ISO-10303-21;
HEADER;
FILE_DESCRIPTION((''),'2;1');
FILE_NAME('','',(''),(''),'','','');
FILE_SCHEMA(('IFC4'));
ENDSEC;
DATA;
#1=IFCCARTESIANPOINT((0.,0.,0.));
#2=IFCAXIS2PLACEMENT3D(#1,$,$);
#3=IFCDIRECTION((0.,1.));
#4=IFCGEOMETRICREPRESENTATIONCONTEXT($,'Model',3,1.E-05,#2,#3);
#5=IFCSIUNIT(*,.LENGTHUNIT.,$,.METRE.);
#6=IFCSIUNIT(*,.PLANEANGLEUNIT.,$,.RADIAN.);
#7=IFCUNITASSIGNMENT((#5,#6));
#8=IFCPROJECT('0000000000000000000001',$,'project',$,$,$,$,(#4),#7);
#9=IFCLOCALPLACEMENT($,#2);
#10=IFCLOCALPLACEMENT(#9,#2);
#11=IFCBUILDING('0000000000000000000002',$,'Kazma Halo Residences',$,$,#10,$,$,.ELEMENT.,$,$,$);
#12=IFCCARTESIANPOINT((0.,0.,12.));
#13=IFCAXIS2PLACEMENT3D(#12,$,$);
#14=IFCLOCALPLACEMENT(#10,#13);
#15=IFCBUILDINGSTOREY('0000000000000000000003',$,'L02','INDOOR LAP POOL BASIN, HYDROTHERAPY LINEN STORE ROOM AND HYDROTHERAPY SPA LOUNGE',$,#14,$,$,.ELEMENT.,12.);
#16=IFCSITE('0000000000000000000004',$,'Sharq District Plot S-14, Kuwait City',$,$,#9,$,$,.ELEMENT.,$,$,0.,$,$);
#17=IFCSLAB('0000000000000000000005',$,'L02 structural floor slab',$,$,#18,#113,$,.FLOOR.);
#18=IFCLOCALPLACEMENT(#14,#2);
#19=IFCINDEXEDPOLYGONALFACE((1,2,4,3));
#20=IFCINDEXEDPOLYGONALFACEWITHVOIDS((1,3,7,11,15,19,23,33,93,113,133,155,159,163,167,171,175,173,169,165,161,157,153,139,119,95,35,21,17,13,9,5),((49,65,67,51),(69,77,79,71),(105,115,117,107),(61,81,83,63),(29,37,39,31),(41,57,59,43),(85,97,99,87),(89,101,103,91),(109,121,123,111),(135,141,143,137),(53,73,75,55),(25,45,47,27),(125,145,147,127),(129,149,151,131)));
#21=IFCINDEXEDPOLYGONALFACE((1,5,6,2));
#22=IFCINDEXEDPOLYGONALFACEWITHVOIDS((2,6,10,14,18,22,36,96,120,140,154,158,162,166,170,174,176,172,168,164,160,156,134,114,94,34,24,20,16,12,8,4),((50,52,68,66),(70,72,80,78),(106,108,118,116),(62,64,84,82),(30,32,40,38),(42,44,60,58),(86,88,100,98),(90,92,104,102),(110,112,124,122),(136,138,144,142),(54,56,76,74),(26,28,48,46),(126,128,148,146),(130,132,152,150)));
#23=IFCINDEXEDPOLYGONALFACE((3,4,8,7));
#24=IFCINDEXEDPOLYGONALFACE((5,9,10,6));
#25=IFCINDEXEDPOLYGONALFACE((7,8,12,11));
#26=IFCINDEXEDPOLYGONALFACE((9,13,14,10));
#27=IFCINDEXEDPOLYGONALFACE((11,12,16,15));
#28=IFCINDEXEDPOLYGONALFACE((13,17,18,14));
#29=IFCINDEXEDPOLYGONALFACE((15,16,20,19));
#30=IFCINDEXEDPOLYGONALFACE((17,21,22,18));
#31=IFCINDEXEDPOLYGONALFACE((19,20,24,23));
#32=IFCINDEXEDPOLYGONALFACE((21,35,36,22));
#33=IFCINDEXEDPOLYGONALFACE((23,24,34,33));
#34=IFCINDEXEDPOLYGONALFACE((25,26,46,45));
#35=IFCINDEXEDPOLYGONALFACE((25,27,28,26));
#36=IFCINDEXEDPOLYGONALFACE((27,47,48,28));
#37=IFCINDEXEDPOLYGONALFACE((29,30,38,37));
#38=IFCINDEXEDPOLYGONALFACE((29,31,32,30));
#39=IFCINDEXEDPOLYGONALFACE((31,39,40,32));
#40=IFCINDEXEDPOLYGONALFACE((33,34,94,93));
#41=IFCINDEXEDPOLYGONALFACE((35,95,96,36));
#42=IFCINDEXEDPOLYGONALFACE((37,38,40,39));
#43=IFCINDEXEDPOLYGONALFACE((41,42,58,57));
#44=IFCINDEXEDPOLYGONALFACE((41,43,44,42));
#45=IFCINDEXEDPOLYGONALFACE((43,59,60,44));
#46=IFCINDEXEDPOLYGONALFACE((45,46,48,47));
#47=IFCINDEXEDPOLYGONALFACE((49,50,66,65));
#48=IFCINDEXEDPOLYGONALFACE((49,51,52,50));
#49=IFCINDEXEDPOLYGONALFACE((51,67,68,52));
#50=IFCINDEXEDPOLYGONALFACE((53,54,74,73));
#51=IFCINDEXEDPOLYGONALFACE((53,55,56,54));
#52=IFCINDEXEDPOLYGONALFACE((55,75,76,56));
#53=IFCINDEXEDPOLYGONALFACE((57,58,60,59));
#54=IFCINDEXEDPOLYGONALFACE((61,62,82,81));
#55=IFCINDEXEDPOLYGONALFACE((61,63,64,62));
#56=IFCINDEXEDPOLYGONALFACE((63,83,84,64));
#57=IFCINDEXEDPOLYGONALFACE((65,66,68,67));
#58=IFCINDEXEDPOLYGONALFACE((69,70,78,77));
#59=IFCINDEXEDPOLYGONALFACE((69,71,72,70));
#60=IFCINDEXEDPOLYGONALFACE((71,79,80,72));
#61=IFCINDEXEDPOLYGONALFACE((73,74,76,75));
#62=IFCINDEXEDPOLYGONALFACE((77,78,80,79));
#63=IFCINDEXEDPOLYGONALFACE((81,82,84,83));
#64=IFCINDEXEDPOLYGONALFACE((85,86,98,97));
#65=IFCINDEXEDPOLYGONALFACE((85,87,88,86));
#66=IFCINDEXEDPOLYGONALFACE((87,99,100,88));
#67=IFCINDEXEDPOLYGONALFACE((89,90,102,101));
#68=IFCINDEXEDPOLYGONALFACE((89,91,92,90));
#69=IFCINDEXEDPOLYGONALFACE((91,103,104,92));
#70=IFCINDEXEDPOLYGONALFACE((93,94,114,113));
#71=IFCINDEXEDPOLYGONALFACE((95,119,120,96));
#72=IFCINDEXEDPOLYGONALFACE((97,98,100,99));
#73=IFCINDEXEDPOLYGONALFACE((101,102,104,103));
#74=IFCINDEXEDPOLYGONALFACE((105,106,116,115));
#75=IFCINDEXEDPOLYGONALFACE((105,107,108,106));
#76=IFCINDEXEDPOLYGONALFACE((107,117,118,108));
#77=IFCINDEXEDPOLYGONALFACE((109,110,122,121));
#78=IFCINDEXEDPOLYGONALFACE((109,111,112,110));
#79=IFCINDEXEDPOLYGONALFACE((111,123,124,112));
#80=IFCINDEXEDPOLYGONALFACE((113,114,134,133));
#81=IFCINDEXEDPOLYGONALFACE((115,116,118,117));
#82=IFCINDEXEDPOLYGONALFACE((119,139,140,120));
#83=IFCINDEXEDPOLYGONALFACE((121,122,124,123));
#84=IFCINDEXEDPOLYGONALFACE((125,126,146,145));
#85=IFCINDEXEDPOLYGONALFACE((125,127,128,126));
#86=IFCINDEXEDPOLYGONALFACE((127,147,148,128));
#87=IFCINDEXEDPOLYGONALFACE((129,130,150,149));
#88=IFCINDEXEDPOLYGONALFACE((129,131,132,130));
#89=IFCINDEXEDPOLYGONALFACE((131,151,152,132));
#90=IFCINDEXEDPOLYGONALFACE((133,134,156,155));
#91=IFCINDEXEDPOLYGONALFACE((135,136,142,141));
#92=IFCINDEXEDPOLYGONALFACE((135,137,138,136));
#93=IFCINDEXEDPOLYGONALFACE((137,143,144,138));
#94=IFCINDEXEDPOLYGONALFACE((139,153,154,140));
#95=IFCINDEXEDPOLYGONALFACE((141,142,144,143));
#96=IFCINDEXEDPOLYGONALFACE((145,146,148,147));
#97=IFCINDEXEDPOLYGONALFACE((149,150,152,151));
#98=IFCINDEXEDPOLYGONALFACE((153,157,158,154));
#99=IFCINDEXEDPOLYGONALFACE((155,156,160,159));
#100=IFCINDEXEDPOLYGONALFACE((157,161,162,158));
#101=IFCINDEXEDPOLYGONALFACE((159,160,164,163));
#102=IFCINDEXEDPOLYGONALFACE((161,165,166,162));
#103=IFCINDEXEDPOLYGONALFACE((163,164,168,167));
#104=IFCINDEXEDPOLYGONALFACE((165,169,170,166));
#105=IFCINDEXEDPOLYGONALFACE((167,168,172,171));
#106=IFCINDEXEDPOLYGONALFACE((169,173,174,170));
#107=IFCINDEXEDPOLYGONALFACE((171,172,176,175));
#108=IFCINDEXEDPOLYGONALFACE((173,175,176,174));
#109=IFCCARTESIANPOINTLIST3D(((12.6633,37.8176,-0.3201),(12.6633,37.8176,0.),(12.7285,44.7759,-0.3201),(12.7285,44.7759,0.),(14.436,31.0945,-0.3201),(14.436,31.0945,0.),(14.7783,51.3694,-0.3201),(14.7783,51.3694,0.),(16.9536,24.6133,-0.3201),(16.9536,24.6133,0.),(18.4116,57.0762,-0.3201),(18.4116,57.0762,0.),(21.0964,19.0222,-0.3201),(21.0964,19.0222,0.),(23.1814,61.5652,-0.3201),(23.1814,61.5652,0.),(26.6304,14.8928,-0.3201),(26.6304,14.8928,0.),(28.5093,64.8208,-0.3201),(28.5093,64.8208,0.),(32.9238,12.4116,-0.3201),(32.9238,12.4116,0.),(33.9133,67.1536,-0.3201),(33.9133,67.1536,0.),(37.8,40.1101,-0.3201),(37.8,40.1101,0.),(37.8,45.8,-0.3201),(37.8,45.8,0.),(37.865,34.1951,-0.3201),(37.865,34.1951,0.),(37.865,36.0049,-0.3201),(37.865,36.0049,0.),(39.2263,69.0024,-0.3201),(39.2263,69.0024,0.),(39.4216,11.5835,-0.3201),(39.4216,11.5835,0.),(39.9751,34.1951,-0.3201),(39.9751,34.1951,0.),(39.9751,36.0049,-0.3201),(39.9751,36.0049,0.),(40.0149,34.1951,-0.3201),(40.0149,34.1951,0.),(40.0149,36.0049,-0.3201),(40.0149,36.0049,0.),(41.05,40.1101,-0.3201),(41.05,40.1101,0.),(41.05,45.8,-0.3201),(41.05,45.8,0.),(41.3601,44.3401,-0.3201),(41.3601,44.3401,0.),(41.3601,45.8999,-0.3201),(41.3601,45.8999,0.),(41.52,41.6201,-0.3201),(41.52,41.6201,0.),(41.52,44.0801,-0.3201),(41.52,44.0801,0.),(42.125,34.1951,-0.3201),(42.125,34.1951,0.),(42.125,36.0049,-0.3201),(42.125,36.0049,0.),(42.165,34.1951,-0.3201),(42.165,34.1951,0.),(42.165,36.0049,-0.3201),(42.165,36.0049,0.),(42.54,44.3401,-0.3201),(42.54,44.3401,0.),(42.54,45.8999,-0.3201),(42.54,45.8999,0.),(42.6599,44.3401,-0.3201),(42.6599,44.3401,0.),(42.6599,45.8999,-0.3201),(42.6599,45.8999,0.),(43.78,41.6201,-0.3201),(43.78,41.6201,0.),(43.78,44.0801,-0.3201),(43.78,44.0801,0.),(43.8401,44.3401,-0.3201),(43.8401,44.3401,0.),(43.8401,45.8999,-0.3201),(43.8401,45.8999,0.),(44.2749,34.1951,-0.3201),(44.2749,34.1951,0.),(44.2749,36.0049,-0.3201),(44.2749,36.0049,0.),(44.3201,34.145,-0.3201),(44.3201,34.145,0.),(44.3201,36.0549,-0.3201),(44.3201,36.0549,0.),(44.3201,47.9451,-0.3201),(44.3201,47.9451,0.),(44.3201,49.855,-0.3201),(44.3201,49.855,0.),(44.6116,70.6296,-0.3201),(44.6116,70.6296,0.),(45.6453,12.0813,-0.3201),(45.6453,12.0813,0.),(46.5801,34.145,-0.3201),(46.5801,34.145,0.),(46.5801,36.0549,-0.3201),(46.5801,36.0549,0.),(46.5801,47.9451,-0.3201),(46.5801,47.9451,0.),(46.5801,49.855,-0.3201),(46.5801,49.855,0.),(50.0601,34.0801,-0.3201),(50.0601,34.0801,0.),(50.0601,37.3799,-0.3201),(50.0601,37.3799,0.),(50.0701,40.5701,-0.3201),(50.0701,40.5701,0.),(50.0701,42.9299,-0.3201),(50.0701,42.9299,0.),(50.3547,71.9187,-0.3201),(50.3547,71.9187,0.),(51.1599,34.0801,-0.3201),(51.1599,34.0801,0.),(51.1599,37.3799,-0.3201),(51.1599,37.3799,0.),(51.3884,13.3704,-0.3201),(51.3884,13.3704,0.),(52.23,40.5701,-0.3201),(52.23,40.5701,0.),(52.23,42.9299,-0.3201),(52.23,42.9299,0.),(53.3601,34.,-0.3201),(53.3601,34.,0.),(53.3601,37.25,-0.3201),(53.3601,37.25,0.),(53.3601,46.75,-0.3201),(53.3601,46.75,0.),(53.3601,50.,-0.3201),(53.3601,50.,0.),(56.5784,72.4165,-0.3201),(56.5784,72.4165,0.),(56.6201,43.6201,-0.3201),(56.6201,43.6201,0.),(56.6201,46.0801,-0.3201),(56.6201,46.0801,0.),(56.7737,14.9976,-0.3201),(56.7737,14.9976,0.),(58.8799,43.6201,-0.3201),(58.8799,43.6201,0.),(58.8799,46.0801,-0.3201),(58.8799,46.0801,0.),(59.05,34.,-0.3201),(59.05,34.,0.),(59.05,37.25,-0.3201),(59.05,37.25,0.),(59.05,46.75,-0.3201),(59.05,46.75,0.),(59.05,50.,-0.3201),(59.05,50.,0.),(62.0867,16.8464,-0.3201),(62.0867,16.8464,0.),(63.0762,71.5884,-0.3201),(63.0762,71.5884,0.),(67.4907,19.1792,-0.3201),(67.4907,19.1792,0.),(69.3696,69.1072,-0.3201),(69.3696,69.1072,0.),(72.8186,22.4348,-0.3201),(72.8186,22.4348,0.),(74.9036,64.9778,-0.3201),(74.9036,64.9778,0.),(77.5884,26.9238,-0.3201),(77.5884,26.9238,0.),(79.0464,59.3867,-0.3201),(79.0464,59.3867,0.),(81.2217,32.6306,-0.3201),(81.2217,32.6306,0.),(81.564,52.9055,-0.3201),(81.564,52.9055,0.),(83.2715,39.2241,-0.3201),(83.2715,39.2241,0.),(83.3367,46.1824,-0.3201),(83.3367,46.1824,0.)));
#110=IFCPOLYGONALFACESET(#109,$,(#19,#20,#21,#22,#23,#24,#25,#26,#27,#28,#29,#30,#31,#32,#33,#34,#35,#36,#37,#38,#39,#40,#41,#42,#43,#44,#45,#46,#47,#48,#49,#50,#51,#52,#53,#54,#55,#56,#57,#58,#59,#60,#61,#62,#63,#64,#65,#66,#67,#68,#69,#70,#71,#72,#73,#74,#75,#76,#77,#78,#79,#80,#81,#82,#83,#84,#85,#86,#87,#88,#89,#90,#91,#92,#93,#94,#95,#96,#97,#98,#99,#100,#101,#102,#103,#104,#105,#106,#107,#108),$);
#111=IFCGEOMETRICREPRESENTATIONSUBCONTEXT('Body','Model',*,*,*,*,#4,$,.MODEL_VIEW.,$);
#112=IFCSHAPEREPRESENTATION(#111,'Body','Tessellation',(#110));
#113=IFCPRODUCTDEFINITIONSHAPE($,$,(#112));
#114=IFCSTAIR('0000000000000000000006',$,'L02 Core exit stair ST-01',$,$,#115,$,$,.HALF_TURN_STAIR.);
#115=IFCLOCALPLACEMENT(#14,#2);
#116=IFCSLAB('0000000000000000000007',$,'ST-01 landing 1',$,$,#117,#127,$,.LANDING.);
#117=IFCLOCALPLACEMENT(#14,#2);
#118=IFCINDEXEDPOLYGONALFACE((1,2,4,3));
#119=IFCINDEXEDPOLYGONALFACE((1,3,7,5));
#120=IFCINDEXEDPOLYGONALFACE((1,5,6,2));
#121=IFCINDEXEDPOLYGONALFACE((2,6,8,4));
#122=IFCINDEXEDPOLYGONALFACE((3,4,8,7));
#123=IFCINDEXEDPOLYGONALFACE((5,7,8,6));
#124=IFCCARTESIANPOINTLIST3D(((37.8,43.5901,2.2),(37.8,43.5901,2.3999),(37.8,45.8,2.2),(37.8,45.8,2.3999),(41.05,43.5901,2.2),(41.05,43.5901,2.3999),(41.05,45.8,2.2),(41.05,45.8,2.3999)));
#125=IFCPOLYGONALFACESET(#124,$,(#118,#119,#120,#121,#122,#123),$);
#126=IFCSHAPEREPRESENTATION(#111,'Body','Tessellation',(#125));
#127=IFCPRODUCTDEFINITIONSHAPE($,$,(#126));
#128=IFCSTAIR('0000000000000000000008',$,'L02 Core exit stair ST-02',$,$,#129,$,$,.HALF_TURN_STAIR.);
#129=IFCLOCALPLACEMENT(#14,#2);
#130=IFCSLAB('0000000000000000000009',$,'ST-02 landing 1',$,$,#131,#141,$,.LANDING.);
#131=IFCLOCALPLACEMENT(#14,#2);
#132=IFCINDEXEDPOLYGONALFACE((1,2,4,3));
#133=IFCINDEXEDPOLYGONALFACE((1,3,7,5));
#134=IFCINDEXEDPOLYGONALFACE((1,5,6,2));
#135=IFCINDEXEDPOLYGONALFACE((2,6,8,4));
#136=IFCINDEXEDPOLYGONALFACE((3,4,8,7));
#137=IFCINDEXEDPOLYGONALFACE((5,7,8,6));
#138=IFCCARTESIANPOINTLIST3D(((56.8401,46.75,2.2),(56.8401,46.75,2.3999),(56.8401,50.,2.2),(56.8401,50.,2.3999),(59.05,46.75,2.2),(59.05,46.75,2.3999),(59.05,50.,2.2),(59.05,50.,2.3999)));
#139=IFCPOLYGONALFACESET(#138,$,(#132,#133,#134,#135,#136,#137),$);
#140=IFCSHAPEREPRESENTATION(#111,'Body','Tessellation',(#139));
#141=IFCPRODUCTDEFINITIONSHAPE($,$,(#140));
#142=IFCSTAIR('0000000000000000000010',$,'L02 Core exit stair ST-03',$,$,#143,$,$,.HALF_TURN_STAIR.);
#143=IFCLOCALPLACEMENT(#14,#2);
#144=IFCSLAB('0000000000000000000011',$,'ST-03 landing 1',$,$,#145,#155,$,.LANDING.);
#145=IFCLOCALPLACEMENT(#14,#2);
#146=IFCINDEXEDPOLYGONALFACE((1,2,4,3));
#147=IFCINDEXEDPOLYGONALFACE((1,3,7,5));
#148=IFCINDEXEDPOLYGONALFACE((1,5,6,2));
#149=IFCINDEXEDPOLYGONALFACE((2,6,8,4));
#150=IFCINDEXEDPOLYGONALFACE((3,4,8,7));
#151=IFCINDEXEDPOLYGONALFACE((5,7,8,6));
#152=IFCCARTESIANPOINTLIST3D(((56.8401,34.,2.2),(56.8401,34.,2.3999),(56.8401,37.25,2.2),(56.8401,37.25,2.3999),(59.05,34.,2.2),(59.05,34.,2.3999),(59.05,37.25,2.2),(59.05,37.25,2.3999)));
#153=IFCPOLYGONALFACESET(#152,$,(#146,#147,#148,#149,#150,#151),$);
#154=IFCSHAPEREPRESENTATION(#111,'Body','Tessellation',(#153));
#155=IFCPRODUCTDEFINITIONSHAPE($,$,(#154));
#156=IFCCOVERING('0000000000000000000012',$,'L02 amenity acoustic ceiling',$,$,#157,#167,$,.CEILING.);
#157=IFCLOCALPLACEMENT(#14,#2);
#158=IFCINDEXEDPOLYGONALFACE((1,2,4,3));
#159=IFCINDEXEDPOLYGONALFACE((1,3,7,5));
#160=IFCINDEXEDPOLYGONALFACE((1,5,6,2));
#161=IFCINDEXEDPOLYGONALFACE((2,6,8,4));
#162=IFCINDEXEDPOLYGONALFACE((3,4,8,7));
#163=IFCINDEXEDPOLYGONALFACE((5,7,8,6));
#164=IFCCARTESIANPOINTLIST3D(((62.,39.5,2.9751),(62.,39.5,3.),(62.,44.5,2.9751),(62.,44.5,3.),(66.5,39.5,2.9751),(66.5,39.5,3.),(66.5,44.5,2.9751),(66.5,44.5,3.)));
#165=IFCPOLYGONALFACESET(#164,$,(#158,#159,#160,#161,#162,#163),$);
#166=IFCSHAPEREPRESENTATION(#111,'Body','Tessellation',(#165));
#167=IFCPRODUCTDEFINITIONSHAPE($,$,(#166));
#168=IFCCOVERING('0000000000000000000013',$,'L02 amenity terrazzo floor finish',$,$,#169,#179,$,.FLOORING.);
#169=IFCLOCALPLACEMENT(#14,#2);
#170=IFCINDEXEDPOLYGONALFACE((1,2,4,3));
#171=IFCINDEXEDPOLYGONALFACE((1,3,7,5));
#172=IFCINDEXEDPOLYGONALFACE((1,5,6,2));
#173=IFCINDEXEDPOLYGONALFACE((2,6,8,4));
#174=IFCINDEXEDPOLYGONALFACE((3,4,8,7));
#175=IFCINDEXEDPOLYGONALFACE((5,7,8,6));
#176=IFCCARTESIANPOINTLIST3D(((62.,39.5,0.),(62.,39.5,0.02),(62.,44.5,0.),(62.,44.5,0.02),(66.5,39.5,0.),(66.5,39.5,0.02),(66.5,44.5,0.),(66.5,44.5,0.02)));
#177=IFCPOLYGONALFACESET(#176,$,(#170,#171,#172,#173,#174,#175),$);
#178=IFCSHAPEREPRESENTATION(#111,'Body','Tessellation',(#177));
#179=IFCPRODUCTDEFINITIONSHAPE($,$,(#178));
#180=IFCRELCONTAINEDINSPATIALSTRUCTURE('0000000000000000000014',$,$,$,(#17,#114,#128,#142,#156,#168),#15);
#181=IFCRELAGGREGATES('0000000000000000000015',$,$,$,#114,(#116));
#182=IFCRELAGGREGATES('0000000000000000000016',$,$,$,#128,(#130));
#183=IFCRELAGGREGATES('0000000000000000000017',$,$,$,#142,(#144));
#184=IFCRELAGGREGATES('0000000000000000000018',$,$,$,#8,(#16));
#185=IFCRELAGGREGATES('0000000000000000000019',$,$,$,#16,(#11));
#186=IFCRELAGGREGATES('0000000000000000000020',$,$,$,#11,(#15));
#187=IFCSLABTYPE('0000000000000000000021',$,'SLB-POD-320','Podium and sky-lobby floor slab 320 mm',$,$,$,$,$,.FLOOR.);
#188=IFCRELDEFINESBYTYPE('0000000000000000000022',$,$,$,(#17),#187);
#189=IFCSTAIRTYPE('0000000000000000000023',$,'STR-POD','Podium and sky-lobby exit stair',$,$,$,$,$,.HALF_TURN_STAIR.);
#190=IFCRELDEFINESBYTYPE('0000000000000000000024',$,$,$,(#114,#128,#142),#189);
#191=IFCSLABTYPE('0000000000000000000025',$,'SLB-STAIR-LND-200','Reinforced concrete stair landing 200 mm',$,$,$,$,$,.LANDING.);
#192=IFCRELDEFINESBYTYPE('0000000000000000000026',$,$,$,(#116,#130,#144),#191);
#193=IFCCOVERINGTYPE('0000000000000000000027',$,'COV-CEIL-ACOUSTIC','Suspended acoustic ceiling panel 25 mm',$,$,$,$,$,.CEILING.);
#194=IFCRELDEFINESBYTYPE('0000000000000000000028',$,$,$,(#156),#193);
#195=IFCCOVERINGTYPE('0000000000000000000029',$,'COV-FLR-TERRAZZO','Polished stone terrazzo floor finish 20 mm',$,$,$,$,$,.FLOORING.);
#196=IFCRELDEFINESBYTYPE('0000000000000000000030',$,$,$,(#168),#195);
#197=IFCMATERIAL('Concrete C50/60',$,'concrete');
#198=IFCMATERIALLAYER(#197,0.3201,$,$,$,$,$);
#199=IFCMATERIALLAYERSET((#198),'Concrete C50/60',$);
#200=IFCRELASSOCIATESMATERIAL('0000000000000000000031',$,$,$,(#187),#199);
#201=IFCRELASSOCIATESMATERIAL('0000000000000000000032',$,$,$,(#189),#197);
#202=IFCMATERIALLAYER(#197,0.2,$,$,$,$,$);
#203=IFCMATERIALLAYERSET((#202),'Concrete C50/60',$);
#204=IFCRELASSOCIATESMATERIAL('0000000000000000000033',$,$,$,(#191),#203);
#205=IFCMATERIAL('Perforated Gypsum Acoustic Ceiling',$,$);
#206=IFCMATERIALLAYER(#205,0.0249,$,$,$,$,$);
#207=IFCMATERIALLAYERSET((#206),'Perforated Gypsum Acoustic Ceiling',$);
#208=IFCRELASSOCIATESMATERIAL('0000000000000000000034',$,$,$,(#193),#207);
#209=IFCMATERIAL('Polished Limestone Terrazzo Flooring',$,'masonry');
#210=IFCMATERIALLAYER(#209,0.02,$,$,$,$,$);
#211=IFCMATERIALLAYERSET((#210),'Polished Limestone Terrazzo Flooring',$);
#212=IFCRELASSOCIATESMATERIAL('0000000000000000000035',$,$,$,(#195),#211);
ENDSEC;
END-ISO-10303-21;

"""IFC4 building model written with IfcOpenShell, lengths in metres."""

from ifc_helpers import new_model, si_unit, direction, frame, origin, place, context, subcontext, project, spatial, polyline, outline, extrude, material, layer, layer_set, type_object, element, aggregate, save


model = new_model("IFC4")

# Units and contexts
model_context = context("Model", 3, precision=1e-05, world=origin(), true_north=direction((0.0, 1.0)))
body_context = subcontext(model_context, "Body", "Model", "MODEL_VIEW")
ifc_project = project(units=[si_unit("LENGTHUNIT", "METRE"), si_unit("PLANEANGLEUNIT", "RADIAN")], contexts=[model_context])

# Site, building, storey
site_placement = place(None, origin())
site = spatial("IfcSite", under=ifc_project, at=site_placement, Name="Sharq District Plot S-14, Kuwait City", CompositionType="ELEMENT", RefElevation=0.0)
building_placement = place(site_placement, origin())
building = spatial("IfcBuilding", under=site, at=building_placement, Name="Kazma Halo Residences", CompositionType="ELEMENT")
storey_placement = place(building_placement, frame((0.0, 0.0, 12.0)))
storey = spatial("IfcBuildingStorey", under=building, at=storey_placement, Name="L02", Description="INDOOR LAP POOL BASIN, HYDROTHERAPY LINEN STORE ROOM AND HYDROTHERAPY SPA LOUNGE", CompositionType="ELEMENT", Elevation=12.0)

# Slab
ifc_material_1 = material(Name="Concrete C50/60", Category="concrete")
ifc_layer_1 = layer(ifc_material_1, 0.3201)
ifc_layer_set_1 = layer_set([ifc_layer_1], Name="Concrete C50/60")
slab_type_1 = type_object("IfcSlabType", Name="SLB-POD-320", Description="Podium and sky-lobby floor slab 320 mm", PredefinedType="FLOOR", material=ifc_layer_set_1)
slab_1_placement = place(storey_placement, frame((0.0, 0.0, -0.3201)))
element("IfcSlab", 1, at=slab_1_placement, inside=storey, type_object=slab_type_1, Name="L02 structural floor slab", PredefinedType="FLOOR", context=body_context, shape_type="SweptSolid", body=[
    extrude(outline(polyline([(81.564, 52.9055), (79.0464, 59.3867), (74.9036, 64.9778), (69.3696, 69.1072), (63.0762, 71.5884), (56.5784, 72.4165), (50.3547, 71.9187), (44.6116, 70.6296), (39.2263, 69.0024), (33.9133, 67.1536), (28.5093, 64.8208), (23.1814, 61.5652), (18.4116, 57.0762), (14.7783, 51.3694), (12.7285, 44.7759), (12.6633, 37.8176), (14.436, 31.0945), (16.9536, 24.6133), (21.0964, 19.0222), (26.6304, 14.8928), (32.9238, 12.4116), (39.4216, 11.5835), (45.6453, 12.0813), (51.3884, 13.3704), (56.7737, 14.9976), (62.0867, 16.8464), (67.4907, 19.1792), (72.8186, 22.4348), (77.5884, 26.9238), (81.2217, 32.6306), (83.2715, 39.2241), (83.3367, 46.1824), (81.564, 52.9055)]), holes=[polyline([(37.8, 40.1101), (41.05, 40.1101), (41.05, 45.8), (37.8, 45.8), (37.8, 40.1101)]), polyline([(53.3601, 46.75), (59.05, 46.75), (59.05, 50.0), (53.3601, 50.0), (53.3601, 46.75)]), polyline([(53.3601, 34.0), (59.05, 34.0), (59.05, 37.25), (53.3601, 37.25), (53.3601, 34.0)]), polyline([(41.52, 41.6201), (43.78, 41.6201), (43.78, 44.0801), (41.52, 44.0801), (41.52, 41.6201)]), polyline([(56.6201, 43.6201), (58.8799, 43.6201), (58.8799, 46.0801), (56.6201, 46.0801), (56.6201, 43.6201)]), polyline([(37.865, 34.1951), (39.9751, 34.1951), (39.9751, 36.0049), (37.865, 36.0049), (37.865, 34.1951)]), polyline([(40.0149, 34.1951), (42.125, 34.1951), (42.125, 36.0049), (40.0149, 36.0049), (40.0149, 34.1951)]), polyline([(42.165, 34.1951), (44.2749, 34.1951), (44.2749, 36.0049), (42.165, 36.0049), (42.165, 34.1951)]), polyline([(44.3201, 47.9451), (46.5801, 47.9451), (46.5801, 49.855), (44.3201, 49.855), (44.3201, 47.9451)]), polyline([(44.3201, 34.145), (46.5801, 34.145), (46.5801, 36.0549), (44.3201, 36.0549), (44.3201, 34.145)]), polyline([(50.0701, 40.5701), (52.23, 40.5701), (52.23, 42.9299), (50.0701, 42.9299), (50.0701, 40.5701)]), polyline([(41.3601, 44.3401), (42.54, 44.3401), (42.54, 45.8999), (41.3601, 45.8999), (41.3601, 44.3401)]), polyline([(42.6599, 44.3401), (43.8401, 44.3401), (43.8401, 45.8999), (42.6599, 45.8999), (42.6599, 44.3401)]), polyline([(50.0601, 34.0801), (51.1599, 34.0801), (51.1599, 37.3799), (50.0601, 37.3799), (50.0601, 34.0801)])]), origin(), (0.0, 0.0, 1.0), 0.3201),
])

# Stairs, slabs
stair_type = type_object("IfcStairType", Name="STR-POD", Description="Podium and sky-lobby exit stair", PredefinedType="HALF_TURN_STAIR", material=ifc_material_1)
stair_1_placement = place(storey_placement, origin())
stair_1 = element("IfcStair", 2, at=stair_1_placement, inside=storey, type_object=stair_type, Name="L02 Core exit stair ST-01", PredefinedType="HALF_TURN_STAIR")
ifc_layer_2 = layer(ifc_material_1, 0.2)
ifc_layer_set_2 = layer_set([ifc_layer_2], Name="Concrete C50/60")
slab_type_2 = type_object("IfcSlabType", Name="SLB-STAIR-LND-200", Description="Reinforced concrete stair landing 200 mm", PredefinedType="LANDING", material=ifc_layer_set_2)
slab_2_placement = place(storey_placement, frame((0.0, 0.0, 2.2)))
slab_2 = element("IfcSlab", 3, at=slab_2_placement, type_object=slab_type_2, Name="ST-01 landing 1", PredefinedType="LANDING", context=body_context, shape_type="SweptSolid", body=[
    extrude(outline(polyline([(41.05, 43.5901), (41.05, 45.8), (37.8, 45.8), (37.8, 43.5901), (41.05, 43.5901)])), origin(), (0.0, 0.0, 1.0), 0.2),
])
aggregate(stair_1, [slab_2])
stair_2_placement = place(storey_placement, origin())
stair_2 = element("IfcStair", 4, at=stair_2_placement, inside=storey, type_object=stair_type, Name="L02 Core exit stair ST-02", PredefinedType="HALF_TURN_STAIR")
slab_3_placement = place(storey_placement, frame((0.0, 0.0, 2.2)))
slab_3 = element("IfcSlab", 5, at=slab_3_placement, type_object=slab_type_2, Name="ST-02 landing 1", PredefinedType="LANDING", context=body_context, shape_type="SweptSolid", body=[
    extrude(outline(polyline([(56.8401, 46.75), (59.05, 46.75), (59.05, 50.0), (56.8401, 50.0), (56.8401, 46.75)])), origin(), (0.0, 0.0, 1.0), 0.2),
])
aggregate(stair_2, [slab_3])
stair_3_placement = place(storey_placement, origin())
stair_3 = element("IfcStair", 6, at=stair_3_placement, inside=storey, type_object=stair_type, Name="L02 Core exit stair ST-03", PredefinedType="HALF_TURN_STAIR")
slab_4_placement = place(storey_placement, frame((0.0, 0.0, 2.2)))
slab_4 = element("IfcSlab", 7, at=slab_4_placement, type_object=slab_type_2, Name="ST-03 landing 1", PredefinedType="LANDING", context=body_context, shape_type="SweptSolid", body=[
    extrude(outline(polyline([(56.8401, 34.0), (59.05, 34.0), (59.05, 37.25), (56.8401, 37.25), (56.8401, 34.0)])), origin(), (0.0, 0.0, 1.0), 0.2),
])
aggregate(stair_3, [slab_4])

# Coverings
ifc_material_2 = material(Name="Perforated Gypsum Acoustic Ceiling")
ifc_layer_3 = layer(ifc_material_2, 0.0249)
ifc_layer_set_3 = layer_set([ifc_layer_3], Name="Perforated Gypsum Acoustic Ceiling")
covering_type_1 = type_object("IfcCoveringType", Name="COV-CEIL-ACOUSTIC", Description="Suspended acoustic ceiling panel 25 mm", PredefinedType="CEILING", material=ifc_layer_set_3)
covering_1_placement = place(storey_placement, frame((0.0, 0.0, 2.9751)))
element("IfcCovering", 8, at=covering_1_placement, inside=storey, type_object=covering_type_1, Name="L02 amenity acoustic ceiling", PredefinedType="CEILING", context=body_context, shape_type="SweptSolid", body=[
    extrude(outline(polyline([(62.0, 39.5), (66.5, 39.5), (66.5, 44.5), (62.0, 44.5), (62.0, 39.5)])), origin(), (0.0, 0.0, 1.0), 0.0249),
])
ifc_material_3 = material(Name="Polished Limestone Terrazzo Flooring", Category="masonry")
ifc_layer_4 = layer(ifc_material_3, 0.02)
ifc_layer_set_4 = layer_set([ifc_layer_4], Name="Polished Limestone Terrazzo Flooring")
covering_type_2 = type_object("IfcCoveringType", Name="COV-FLR-TERRAZZO", Description="Polished stone terrazzo floor finish 20 mm", PredefinedType="FLOORING", material=ifc_layer_set_4)
covering_2_placement = place(storey_placement, origin())
element("IfcCovering", 9, at=covering_2_placement, inside=storey, type_object=covering_type_2, Name="L02 amenity terrazzo floor finish", PredefinedType="FLOORING", context=body_context, shape_type="SweptSolid", body=[
    extrude(outline(polyline([(62.0, 39.5), (66.5, 39.5), (66.5, 44.5), (62.0, 44.5), (62.0, 39.5)])), origin(), (0.0, 0.0, 1.0), 0.02),
])

save(model, "model.ifc")
